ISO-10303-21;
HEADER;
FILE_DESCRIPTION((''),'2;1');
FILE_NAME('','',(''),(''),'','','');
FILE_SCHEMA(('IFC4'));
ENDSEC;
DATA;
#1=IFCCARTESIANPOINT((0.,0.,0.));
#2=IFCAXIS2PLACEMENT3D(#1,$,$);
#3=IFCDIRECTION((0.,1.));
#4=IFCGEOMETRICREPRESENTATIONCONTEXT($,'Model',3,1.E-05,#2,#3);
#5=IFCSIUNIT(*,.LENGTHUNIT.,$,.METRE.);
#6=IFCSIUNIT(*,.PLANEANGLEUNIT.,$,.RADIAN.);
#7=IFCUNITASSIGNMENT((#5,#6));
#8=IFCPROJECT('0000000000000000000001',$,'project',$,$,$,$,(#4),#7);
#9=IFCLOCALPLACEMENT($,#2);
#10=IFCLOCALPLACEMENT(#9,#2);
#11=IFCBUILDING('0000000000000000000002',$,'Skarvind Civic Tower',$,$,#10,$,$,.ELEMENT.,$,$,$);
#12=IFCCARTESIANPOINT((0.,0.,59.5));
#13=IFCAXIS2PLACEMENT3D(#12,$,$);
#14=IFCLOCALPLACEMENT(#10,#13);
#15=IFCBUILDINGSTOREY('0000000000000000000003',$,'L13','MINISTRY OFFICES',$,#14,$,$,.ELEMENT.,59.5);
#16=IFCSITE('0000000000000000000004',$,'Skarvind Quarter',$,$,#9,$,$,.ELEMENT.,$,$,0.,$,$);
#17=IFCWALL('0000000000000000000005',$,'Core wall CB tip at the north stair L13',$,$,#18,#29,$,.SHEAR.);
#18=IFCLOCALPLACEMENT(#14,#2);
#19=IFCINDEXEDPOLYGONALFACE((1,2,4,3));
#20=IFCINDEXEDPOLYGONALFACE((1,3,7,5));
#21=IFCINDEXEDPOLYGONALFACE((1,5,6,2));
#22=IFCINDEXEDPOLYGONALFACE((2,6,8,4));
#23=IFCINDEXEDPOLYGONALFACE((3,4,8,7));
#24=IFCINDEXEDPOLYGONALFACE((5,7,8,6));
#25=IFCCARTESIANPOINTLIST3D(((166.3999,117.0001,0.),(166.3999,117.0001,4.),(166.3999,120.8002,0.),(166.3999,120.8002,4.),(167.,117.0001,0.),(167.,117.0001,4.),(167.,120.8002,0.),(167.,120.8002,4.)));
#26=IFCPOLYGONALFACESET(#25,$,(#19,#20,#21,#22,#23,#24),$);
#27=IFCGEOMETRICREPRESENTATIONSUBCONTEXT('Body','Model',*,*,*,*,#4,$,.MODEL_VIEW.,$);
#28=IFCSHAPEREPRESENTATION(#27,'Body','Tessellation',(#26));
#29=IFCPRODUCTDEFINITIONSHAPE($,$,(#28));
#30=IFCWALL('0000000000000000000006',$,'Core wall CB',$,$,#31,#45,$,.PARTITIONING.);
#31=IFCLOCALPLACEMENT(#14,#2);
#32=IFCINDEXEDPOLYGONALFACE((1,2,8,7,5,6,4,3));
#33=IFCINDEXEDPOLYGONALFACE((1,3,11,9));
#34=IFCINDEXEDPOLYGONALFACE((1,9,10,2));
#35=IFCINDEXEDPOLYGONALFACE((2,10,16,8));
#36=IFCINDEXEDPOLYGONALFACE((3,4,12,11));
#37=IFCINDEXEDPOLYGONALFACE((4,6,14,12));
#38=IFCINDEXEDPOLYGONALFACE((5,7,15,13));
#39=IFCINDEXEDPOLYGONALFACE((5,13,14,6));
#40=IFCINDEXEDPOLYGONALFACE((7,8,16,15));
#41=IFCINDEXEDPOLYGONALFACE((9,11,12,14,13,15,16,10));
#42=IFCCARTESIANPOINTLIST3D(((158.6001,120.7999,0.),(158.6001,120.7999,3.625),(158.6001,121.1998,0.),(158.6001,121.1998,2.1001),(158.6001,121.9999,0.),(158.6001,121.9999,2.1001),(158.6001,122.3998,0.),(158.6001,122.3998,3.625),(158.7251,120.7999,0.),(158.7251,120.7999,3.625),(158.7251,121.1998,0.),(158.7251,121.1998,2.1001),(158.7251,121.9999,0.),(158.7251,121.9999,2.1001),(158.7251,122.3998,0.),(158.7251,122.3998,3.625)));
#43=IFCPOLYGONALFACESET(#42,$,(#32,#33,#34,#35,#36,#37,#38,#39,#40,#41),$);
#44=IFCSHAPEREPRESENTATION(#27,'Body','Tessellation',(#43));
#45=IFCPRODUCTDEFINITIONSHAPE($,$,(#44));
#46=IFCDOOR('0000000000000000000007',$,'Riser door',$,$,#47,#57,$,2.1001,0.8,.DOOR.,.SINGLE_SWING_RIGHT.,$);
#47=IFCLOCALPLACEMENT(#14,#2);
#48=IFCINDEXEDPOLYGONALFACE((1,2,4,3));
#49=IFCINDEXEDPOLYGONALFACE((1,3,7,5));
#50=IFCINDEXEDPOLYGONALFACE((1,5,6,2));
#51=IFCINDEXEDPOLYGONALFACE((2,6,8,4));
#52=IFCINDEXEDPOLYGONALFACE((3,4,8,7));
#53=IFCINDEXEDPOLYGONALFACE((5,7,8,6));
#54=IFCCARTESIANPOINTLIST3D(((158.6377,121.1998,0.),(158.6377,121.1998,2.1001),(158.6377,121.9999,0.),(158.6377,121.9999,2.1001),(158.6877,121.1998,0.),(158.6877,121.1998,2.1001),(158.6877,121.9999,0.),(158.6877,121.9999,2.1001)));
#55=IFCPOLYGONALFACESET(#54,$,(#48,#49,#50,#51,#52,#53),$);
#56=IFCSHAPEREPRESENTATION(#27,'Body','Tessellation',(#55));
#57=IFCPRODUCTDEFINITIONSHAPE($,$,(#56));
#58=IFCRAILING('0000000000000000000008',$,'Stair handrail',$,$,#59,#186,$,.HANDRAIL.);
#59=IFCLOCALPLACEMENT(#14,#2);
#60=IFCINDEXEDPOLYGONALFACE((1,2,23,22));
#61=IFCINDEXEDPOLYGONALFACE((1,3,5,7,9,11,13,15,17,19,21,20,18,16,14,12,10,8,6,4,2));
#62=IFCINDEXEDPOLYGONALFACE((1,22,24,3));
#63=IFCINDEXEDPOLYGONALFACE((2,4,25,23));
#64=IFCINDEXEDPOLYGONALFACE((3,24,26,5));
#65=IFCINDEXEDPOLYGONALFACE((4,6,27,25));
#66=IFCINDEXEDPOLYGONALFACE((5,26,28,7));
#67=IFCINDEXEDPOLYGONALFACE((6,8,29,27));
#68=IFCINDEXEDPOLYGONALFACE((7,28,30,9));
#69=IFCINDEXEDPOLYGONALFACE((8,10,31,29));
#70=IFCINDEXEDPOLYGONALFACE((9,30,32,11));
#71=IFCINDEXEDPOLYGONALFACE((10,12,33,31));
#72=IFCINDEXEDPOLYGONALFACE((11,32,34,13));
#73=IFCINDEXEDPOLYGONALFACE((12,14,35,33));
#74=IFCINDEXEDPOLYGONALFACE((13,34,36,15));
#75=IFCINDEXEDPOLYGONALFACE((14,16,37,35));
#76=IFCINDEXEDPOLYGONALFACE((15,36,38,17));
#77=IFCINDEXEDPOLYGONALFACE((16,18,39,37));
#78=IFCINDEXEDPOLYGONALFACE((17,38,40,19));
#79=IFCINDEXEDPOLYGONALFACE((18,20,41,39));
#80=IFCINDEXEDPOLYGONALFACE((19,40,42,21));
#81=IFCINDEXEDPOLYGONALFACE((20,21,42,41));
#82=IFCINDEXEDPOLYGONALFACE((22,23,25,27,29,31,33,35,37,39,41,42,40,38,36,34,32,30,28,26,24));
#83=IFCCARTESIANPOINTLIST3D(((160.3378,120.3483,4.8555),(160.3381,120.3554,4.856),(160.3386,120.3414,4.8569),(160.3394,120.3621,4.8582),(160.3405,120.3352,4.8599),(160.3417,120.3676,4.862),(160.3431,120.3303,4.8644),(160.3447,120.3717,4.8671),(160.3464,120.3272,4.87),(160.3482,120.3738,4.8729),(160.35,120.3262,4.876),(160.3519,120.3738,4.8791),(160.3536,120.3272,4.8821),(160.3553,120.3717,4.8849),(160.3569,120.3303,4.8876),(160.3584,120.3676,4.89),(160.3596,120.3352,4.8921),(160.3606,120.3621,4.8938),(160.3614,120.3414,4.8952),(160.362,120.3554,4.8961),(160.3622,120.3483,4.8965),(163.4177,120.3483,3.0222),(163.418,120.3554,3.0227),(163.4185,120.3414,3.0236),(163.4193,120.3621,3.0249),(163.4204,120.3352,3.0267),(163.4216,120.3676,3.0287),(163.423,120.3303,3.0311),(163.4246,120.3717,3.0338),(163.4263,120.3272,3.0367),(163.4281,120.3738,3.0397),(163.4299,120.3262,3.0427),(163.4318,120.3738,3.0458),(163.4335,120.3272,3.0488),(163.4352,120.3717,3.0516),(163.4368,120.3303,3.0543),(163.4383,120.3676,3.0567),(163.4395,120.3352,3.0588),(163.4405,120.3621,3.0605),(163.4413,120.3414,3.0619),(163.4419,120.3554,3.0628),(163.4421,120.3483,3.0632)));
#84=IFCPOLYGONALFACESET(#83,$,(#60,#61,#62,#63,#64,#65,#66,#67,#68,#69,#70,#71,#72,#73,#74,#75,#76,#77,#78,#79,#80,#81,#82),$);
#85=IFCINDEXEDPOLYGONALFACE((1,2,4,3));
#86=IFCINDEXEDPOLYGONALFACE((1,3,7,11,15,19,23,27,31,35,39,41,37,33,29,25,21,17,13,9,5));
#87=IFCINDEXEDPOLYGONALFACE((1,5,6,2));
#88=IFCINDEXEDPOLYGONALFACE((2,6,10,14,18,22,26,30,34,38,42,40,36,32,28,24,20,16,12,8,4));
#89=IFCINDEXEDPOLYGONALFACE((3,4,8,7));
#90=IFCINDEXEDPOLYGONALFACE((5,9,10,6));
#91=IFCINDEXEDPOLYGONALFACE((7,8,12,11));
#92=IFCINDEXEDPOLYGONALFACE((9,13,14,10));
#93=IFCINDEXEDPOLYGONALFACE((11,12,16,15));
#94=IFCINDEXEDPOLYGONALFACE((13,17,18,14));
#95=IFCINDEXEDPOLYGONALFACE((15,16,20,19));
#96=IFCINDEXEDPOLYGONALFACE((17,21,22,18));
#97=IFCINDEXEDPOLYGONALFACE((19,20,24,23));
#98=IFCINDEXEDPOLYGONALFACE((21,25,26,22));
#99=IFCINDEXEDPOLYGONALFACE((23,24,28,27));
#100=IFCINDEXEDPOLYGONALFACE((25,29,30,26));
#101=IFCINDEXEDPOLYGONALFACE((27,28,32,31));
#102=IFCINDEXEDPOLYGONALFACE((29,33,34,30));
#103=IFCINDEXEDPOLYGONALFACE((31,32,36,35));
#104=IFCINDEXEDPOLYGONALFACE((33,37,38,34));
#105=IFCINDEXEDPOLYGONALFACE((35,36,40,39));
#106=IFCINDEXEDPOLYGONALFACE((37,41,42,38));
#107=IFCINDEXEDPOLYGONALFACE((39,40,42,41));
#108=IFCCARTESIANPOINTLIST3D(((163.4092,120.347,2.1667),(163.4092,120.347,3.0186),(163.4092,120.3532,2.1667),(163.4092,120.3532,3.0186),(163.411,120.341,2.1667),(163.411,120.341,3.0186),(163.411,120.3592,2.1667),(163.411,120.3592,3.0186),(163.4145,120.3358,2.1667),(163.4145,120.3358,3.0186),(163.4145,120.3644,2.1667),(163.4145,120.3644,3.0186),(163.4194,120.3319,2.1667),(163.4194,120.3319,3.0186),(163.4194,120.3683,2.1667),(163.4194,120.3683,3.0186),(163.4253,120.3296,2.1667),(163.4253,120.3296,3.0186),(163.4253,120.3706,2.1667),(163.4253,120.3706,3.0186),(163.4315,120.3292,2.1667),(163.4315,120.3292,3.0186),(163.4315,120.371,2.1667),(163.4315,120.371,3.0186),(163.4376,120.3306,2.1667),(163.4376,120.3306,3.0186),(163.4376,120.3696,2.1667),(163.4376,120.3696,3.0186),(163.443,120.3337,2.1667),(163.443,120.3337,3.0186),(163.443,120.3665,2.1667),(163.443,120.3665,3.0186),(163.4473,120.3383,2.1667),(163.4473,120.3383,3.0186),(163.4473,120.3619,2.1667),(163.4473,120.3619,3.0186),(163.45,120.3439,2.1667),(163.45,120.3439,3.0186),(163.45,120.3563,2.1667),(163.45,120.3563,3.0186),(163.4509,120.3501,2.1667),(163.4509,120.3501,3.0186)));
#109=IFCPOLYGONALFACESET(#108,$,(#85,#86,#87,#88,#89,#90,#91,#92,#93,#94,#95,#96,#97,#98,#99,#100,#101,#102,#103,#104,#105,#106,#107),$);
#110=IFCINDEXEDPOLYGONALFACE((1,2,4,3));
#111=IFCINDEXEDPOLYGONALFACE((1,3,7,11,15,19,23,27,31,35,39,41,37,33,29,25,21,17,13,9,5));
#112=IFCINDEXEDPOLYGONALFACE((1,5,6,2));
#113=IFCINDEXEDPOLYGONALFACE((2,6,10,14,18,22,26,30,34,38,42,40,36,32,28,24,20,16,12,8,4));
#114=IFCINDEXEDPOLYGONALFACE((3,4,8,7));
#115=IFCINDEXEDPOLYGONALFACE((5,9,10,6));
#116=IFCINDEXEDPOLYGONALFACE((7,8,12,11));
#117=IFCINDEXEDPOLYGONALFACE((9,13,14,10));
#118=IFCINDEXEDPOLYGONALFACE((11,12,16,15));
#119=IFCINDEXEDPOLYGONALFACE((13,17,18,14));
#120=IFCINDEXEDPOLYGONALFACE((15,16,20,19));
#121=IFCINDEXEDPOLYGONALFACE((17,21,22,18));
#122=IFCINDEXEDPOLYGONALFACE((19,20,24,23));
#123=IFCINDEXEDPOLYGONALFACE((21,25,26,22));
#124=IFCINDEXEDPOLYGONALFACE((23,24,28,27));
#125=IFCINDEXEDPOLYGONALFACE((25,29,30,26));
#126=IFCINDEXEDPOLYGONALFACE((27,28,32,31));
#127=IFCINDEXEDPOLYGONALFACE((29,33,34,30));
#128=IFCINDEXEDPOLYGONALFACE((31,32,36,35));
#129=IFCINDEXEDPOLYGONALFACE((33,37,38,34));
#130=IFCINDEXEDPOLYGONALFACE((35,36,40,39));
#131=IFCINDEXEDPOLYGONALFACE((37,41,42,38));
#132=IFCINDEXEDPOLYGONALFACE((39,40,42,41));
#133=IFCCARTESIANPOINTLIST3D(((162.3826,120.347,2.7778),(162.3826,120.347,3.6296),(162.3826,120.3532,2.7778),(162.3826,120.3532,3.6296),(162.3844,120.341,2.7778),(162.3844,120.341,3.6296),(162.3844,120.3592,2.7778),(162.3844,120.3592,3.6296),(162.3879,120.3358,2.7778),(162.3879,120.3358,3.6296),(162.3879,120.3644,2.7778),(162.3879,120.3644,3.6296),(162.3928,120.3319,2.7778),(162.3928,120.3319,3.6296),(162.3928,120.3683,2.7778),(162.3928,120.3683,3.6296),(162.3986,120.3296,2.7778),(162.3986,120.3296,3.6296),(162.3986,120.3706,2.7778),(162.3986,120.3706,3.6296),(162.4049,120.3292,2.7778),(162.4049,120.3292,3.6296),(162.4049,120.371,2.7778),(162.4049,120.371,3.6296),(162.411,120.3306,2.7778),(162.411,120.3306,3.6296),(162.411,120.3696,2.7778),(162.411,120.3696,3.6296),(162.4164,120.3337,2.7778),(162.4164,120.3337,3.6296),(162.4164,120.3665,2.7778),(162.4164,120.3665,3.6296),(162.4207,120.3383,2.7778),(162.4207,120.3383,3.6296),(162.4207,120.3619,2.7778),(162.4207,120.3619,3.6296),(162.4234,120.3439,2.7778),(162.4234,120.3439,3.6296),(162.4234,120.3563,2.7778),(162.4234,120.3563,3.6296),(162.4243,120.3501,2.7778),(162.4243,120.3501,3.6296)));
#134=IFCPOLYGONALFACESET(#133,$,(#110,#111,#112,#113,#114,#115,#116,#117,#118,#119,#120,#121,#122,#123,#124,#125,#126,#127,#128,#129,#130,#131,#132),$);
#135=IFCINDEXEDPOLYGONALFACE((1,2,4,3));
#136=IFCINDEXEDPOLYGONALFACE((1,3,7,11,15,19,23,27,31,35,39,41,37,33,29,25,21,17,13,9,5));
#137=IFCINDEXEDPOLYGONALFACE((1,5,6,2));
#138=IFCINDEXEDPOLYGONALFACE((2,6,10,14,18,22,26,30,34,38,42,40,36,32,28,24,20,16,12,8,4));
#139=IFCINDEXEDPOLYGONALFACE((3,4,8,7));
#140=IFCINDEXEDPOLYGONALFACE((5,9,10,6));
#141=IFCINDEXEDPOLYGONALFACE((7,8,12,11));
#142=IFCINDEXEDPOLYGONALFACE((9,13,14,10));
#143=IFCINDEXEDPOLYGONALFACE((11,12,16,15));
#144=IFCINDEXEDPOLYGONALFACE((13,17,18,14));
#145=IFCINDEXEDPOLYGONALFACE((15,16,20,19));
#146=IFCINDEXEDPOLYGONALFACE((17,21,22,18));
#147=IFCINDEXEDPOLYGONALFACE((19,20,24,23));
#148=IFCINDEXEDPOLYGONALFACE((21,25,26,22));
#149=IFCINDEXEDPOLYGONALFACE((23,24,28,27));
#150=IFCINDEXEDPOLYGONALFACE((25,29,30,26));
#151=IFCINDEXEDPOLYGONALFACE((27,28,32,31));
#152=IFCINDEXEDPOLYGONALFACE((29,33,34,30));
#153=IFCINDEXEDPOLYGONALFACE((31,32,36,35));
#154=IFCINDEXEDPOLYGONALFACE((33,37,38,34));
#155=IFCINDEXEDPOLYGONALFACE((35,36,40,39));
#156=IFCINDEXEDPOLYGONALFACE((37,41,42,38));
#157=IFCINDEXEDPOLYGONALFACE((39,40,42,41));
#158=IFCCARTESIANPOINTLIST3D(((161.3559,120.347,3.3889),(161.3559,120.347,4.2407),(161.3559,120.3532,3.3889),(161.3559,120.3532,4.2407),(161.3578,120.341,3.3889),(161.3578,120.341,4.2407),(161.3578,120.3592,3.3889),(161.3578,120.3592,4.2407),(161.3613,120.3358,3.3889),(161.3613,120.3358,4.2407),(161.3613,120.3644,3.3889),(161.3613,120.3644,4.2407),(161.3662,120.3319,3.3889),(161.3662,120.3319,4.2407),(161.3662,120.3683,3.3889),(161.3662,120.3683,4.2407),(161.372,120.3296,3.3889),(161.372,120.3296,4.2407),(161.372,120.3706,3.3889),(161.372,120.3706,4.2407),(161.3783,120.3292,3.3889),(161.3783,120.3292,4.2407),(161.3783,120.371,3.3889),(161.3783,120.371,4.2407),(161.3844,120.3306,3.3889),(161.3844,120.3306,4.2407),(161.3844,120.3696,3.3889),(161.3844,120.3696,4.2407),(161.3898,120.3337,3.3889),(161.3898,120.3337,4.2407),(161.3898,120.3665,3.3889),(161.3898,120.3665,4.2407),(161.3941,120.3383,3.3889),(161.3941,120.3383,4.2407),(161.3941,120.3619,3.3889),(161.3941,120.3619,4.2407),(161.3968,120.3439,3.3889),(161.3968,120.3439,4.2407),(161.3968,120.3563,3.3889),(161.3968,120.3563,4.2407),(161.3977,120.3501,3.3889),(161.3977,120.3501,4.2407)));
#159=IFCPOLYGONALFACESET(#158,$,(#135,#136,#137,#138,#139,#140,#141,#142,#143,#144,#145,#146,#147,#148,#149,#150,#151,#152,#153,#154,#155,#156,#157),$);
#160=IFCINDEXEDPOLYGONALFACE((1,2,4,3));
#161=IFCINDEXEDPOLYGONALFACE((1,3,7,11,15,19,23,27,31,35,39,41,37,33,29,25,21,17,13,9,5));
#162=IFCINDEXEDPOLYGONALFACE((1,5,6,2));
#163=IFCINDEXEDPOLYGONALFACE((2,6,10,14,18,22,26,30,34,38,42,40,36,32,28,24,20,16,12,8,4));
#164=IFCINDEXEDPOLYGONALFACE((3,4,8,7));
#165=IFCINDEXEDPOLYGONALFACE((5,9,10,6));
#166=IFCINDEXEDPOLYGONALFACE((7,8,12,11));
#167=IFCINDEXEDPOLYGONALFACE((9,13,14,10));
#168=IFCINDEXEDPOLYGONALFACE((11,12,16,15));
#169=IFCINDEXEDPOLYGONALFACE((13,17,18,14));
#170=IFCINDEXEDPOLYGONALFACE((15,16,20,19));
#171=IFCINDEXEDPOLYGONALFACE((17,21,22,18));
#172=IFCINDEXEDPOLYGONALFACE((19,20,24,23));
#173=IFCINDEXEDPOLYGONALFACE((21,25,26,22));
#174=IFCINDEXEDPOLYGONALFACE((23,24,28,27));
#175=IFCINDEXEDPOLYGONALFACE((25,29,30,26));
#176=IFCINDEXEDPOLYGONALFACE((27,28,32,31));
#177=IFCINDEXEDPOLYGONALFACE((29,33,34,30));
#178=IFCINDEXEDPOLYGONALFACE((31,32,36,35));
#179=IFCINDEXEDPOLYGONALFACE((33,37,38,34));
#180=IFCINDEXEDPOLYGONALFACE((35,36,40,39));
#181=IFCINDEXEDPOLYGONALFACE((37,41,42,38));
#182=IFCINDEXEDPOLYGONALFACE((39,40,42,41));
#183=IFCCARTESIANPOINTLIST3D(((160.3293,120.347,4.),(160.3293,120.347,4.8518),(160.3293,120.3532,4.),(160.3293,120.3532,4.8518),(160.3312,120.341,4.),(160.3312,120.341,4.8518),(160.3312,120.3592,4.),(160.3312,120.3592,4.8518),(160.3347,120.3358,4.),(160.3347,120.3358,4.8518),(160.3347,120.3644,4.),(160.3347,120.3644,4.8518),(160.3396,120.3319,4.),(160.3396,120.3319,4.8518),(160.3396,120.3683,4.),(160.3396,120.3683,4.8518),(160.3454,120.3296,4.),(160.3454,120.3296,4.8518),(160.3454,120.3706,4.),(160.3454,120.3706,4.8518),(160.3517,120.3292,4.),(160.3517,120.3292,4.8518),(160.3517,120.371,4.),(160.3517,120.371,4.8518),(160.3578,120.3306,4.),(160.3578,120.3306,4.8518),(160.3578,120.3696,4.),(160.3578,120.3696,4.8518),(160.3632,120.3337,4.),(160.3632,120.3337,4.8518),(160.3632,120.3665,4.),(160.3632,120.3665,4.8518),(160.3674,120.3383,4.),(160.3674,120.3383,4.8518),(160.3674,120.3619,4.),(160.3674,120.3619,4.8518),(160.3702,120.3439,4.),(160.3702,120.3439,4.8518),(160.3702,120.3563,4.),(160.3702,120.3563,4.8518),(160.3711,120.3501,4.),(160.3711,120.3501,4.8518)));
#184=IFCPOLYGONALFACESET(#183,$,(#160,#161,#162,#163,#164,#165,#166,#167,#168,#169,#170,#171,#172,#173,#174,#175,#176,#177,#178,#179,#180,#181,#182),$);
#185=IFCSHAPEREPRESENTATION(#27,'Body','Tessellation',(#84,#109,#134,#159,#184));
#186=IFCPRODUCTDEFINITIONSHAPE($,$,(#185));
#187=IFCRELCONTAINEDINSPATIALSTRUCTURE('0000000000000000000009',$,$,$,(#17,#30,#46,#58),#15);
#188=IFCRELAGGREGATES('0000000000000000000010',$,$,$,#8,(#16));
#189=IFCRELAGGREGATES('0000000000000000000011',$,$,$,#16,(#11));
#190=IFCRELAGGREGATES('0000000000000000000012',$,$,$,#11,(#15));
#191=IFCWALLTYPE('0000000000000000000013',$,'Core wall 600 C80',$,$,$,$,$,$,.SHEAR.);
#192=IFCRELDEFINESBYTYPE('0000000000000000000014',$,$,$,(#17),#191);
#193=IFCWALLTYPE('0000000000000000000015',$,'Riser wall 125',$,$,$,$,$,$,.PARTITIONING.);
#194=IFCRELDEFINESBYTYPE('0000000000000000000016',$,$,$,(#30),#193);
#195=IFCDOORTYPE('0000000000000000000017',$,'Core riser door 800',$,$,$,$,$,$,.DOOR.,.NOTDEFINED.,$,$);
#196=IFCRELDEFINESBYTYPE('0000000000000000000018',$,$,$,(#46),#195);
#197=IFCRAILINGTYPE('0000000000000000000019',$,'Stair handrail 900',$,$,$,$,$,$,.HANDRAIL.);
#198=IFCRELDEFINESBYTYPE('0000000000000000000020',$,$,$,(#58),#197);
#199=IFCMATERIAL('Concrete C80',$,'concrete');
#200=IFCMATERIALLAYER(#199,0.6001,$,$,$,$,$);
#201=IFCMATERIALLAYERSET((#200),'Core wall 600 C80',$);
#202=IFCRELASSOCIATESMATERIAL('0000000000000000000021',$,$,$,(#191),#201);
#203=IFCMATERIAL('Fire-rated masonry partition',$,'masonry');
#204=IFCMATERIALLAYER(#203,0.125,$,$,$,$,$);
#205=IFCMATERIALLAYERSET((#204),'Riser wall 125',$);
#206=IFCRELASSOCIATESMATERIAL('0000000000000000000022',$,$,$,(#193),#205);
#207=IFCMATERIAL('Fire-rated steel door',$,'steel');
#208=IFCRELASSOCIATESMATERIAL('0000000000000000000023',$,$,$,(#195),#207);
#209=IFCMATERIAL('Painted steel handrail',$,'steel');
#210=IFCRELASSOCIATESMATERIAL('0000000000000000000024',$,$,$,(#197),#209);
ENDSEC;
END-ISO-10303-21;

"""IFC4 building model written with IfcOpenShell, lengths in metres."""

from ifc_helpers import new_model, si_unit, direction, frame, frame_2d, origin, origin_2d, place, context, subcontext, project, spatial, rectangle, circle, extrude, material, layer, layer_set, type_object, element, fill, save


model = new_model("IFC4")

# Units and contexts
model_context = context("Model", 3, precision=1e-05, world=origin(), true_north=direction((0.0, 1.0)))
body_context = subcontext(model_context, "Body", "Model", "MODEL_VIEW")
ifc_project = project(units=[si_unit("LENGTHUNIT", "METRE"), si_unit("PLANEANGLEUNIT", "RADIAN")], contexts=[model_context])

# Site, building, storey
site_placement = place(None, origin())
site = spatial("IfcSite", under=ifc_project, at=site_placement, Name="Skarvind Quarter", CompositionType="ELEMENT", RefElevation=0.0)
building_placement = place(site_placement, origin())
building = spatial("IfcBuilding", under=site, at=building_placement, Name="Skarvind Civic Tower", CompositionType="ELEMENT")
storey_placement = place(building_placement, frame((0.0, 0.0, 59.5)))
storey = spatial("IfcBuildingStorey", under=building, at=storey_placement, Name="L13", Description="MINISTRY OFFICES", CompositionType="ELEMENT", Elevation=59.5)

# Shared definitions
ifc_material_1 = material(Name="Fire-rated masonry partition", Category="masonry")
ifc_material_2 = material(Name="Fire-rated steel door", Category="steel")

# Shared definitions
ifc_material_3 = material(Name="Concrete C80", Category="concrete")

# Wall
ifc_layer_1 = layer(ifc_material_3, 0.6001)
ifc_layer_set_1 = layer_set([ifc_layer_1], Name="Core wall 600 C80")
wall_type_1 = type_object("IfcWallType", Name="Core wall 600 C80", PredefinedType="SHEAR", material=ifc_layer_set_1)
wall_1_placement = place(storey_placement, frame((166.7, 120.8, 0.0), z_axis=(0.0, 0.0, 1.0), x_axis=(0.0, -1.0, 0.0)))
element("IfcWall", 1, at=wall_1_placement, inside=storey, type_object=wall_type_1, Name="Core wall CB tip at the north stair L13", PredefinedType="SHEAR", context=body_context, shape_type="SweptSolid", body=[
    extrude(rectangle(XDim=3.8, YDim=0.6001, at=frame_2d((1.8999, 0.0))), origin(), (0.0, 0.0, 1.0), 4.0),
])

# Wall, opening, door
ifc_layer_2 = layer(ifc_material_1, 0.125)
ifc_layer_set_2 = layer_set([ifc_layer_2], Name="Riser wall 125")
wall_type_2 = type_object("IfcWallType", Name="Riser wall 125", PredefinedType="PARTITIONING", material=ifc_layer_set_2)
wall_2_placement = place(storey_placement, frame((158.6626, 120.8, 0.0), z_axis=(0.0, 0.0, 1.0), x_axis=(0.0, 1.0, 0.0)))
wall_2 = element("IfcWall", 2, at=wall_2_placement, inside=storey, type_object=wall_type_2, Name="Core wall CB", PredefinedType="PARTITIONING", context=body_context, shape_type="SweptSolid", body=[
    extrude(rectangle(XDim=1.5999, YDim=0.125, at=frame_2d((0.7998, 0.0))), origin(), (0.0, 0.0, 1.0), 3.625),
])
opening_1_placement = place(wall_2_placement, frame((0.3999, 0.0, 0.0)))
opening_1 = element("IfcOpeningElement", 3, at=opening_1_placement, cuts=wall_2, PredefinedType="OPENING", context=body_context, shape_type="SweptSolid", body=[
    extrude(rectangle(XDim=0.8, YDim=2.1001, at=frame_2d((0.3999, 1.05))), frame((0.0, 0.0725, 0.0), z_axis=(0.0, -1.0, 0.0), x_axis=(1.0, 0.0, 0.0)), (0.0, 0.0, 1.0), 0.145),
])
door_type_1 = type_object("IfcDoorType", Name="Core riser door 800", OperationType="NOTDEFINED", PredefinedType="DOOR", material=ifc_material_2)
door_1_placement = place(opening_1_placement, origin())
door_1 = element("IfcDoor", 4, at=door_1_placement, inside=storey, type_object=door_type_1, Name="Riser door", OperationType="SINGLE_SWING_RIGHT", OverallHeight=2.1001, OverallWidth=0.8, PredefinedType="DOOR", context=body_context, shape_type="SweptSolid", body=[
    extrude(rectangle(XDim=0.8, YDim=2.1001, at=frame_2d((0.3999, 1.05))), frame((0.0, 0.0249, 0.0), z_axis=(0.0, -1.0, 0.0), x_axis=(1.0, 0.0, 0.0)), (0.0, 0.0, 1.0), 0.05),
])
fill(opening_1, door_1)

# Railing
ifc_material_4 = material(Name="Painted steel handrail", Category="steel")
railing_type = type_object("IfcRailingType", Name="Stair handrail 900", PredefinedType="HANDRAIL", material=ifc_material_4)
railing_placement = place(storey_placement, frame((163.4299, 120.3501, 2.1667)))
element("IfcRailing", 5, at=railing_placement, inside=storey, type_object=railing_type, Name="Stair handrail", PredefinedType="HANDRAIL", context=body_context, shape_type="SweptSolid", body=[
    extrude(circle(Radius=0.0239, at=origin_2d()), frame((0.0, 0.0, 0.876), z_axis=(-0.859291, 0.0, 0.511487), x_axis=(0.0, -1.0, 0.0)), (0.0, 0.0, 1.0), 3.5842),
    extrude(circle(Radius=0.021, at=origin_2d()), origin(), (0.0, 0.0, 1.0), 0.8518),
    extrude(circle(Radius=0.021, at=origin_2d()), frame((-1.0266, 0.0, 0.6111)), (0.0, 0.0, 1.0), 0.8518),
    extrude(circle(Radius=0.021, at=origin_2d()), frame((-2.0532, 0.0, 1.2222)), (0.0, 0.0, 1.0), 0.8518),
    extrude(circle(Radius=0.021, at=origin_2d()), frame((-3.0798, 0.0, 1.8333)), (0.0, 0.0, 1.0), 0.8518),
])

save(model, "model.ifc")
